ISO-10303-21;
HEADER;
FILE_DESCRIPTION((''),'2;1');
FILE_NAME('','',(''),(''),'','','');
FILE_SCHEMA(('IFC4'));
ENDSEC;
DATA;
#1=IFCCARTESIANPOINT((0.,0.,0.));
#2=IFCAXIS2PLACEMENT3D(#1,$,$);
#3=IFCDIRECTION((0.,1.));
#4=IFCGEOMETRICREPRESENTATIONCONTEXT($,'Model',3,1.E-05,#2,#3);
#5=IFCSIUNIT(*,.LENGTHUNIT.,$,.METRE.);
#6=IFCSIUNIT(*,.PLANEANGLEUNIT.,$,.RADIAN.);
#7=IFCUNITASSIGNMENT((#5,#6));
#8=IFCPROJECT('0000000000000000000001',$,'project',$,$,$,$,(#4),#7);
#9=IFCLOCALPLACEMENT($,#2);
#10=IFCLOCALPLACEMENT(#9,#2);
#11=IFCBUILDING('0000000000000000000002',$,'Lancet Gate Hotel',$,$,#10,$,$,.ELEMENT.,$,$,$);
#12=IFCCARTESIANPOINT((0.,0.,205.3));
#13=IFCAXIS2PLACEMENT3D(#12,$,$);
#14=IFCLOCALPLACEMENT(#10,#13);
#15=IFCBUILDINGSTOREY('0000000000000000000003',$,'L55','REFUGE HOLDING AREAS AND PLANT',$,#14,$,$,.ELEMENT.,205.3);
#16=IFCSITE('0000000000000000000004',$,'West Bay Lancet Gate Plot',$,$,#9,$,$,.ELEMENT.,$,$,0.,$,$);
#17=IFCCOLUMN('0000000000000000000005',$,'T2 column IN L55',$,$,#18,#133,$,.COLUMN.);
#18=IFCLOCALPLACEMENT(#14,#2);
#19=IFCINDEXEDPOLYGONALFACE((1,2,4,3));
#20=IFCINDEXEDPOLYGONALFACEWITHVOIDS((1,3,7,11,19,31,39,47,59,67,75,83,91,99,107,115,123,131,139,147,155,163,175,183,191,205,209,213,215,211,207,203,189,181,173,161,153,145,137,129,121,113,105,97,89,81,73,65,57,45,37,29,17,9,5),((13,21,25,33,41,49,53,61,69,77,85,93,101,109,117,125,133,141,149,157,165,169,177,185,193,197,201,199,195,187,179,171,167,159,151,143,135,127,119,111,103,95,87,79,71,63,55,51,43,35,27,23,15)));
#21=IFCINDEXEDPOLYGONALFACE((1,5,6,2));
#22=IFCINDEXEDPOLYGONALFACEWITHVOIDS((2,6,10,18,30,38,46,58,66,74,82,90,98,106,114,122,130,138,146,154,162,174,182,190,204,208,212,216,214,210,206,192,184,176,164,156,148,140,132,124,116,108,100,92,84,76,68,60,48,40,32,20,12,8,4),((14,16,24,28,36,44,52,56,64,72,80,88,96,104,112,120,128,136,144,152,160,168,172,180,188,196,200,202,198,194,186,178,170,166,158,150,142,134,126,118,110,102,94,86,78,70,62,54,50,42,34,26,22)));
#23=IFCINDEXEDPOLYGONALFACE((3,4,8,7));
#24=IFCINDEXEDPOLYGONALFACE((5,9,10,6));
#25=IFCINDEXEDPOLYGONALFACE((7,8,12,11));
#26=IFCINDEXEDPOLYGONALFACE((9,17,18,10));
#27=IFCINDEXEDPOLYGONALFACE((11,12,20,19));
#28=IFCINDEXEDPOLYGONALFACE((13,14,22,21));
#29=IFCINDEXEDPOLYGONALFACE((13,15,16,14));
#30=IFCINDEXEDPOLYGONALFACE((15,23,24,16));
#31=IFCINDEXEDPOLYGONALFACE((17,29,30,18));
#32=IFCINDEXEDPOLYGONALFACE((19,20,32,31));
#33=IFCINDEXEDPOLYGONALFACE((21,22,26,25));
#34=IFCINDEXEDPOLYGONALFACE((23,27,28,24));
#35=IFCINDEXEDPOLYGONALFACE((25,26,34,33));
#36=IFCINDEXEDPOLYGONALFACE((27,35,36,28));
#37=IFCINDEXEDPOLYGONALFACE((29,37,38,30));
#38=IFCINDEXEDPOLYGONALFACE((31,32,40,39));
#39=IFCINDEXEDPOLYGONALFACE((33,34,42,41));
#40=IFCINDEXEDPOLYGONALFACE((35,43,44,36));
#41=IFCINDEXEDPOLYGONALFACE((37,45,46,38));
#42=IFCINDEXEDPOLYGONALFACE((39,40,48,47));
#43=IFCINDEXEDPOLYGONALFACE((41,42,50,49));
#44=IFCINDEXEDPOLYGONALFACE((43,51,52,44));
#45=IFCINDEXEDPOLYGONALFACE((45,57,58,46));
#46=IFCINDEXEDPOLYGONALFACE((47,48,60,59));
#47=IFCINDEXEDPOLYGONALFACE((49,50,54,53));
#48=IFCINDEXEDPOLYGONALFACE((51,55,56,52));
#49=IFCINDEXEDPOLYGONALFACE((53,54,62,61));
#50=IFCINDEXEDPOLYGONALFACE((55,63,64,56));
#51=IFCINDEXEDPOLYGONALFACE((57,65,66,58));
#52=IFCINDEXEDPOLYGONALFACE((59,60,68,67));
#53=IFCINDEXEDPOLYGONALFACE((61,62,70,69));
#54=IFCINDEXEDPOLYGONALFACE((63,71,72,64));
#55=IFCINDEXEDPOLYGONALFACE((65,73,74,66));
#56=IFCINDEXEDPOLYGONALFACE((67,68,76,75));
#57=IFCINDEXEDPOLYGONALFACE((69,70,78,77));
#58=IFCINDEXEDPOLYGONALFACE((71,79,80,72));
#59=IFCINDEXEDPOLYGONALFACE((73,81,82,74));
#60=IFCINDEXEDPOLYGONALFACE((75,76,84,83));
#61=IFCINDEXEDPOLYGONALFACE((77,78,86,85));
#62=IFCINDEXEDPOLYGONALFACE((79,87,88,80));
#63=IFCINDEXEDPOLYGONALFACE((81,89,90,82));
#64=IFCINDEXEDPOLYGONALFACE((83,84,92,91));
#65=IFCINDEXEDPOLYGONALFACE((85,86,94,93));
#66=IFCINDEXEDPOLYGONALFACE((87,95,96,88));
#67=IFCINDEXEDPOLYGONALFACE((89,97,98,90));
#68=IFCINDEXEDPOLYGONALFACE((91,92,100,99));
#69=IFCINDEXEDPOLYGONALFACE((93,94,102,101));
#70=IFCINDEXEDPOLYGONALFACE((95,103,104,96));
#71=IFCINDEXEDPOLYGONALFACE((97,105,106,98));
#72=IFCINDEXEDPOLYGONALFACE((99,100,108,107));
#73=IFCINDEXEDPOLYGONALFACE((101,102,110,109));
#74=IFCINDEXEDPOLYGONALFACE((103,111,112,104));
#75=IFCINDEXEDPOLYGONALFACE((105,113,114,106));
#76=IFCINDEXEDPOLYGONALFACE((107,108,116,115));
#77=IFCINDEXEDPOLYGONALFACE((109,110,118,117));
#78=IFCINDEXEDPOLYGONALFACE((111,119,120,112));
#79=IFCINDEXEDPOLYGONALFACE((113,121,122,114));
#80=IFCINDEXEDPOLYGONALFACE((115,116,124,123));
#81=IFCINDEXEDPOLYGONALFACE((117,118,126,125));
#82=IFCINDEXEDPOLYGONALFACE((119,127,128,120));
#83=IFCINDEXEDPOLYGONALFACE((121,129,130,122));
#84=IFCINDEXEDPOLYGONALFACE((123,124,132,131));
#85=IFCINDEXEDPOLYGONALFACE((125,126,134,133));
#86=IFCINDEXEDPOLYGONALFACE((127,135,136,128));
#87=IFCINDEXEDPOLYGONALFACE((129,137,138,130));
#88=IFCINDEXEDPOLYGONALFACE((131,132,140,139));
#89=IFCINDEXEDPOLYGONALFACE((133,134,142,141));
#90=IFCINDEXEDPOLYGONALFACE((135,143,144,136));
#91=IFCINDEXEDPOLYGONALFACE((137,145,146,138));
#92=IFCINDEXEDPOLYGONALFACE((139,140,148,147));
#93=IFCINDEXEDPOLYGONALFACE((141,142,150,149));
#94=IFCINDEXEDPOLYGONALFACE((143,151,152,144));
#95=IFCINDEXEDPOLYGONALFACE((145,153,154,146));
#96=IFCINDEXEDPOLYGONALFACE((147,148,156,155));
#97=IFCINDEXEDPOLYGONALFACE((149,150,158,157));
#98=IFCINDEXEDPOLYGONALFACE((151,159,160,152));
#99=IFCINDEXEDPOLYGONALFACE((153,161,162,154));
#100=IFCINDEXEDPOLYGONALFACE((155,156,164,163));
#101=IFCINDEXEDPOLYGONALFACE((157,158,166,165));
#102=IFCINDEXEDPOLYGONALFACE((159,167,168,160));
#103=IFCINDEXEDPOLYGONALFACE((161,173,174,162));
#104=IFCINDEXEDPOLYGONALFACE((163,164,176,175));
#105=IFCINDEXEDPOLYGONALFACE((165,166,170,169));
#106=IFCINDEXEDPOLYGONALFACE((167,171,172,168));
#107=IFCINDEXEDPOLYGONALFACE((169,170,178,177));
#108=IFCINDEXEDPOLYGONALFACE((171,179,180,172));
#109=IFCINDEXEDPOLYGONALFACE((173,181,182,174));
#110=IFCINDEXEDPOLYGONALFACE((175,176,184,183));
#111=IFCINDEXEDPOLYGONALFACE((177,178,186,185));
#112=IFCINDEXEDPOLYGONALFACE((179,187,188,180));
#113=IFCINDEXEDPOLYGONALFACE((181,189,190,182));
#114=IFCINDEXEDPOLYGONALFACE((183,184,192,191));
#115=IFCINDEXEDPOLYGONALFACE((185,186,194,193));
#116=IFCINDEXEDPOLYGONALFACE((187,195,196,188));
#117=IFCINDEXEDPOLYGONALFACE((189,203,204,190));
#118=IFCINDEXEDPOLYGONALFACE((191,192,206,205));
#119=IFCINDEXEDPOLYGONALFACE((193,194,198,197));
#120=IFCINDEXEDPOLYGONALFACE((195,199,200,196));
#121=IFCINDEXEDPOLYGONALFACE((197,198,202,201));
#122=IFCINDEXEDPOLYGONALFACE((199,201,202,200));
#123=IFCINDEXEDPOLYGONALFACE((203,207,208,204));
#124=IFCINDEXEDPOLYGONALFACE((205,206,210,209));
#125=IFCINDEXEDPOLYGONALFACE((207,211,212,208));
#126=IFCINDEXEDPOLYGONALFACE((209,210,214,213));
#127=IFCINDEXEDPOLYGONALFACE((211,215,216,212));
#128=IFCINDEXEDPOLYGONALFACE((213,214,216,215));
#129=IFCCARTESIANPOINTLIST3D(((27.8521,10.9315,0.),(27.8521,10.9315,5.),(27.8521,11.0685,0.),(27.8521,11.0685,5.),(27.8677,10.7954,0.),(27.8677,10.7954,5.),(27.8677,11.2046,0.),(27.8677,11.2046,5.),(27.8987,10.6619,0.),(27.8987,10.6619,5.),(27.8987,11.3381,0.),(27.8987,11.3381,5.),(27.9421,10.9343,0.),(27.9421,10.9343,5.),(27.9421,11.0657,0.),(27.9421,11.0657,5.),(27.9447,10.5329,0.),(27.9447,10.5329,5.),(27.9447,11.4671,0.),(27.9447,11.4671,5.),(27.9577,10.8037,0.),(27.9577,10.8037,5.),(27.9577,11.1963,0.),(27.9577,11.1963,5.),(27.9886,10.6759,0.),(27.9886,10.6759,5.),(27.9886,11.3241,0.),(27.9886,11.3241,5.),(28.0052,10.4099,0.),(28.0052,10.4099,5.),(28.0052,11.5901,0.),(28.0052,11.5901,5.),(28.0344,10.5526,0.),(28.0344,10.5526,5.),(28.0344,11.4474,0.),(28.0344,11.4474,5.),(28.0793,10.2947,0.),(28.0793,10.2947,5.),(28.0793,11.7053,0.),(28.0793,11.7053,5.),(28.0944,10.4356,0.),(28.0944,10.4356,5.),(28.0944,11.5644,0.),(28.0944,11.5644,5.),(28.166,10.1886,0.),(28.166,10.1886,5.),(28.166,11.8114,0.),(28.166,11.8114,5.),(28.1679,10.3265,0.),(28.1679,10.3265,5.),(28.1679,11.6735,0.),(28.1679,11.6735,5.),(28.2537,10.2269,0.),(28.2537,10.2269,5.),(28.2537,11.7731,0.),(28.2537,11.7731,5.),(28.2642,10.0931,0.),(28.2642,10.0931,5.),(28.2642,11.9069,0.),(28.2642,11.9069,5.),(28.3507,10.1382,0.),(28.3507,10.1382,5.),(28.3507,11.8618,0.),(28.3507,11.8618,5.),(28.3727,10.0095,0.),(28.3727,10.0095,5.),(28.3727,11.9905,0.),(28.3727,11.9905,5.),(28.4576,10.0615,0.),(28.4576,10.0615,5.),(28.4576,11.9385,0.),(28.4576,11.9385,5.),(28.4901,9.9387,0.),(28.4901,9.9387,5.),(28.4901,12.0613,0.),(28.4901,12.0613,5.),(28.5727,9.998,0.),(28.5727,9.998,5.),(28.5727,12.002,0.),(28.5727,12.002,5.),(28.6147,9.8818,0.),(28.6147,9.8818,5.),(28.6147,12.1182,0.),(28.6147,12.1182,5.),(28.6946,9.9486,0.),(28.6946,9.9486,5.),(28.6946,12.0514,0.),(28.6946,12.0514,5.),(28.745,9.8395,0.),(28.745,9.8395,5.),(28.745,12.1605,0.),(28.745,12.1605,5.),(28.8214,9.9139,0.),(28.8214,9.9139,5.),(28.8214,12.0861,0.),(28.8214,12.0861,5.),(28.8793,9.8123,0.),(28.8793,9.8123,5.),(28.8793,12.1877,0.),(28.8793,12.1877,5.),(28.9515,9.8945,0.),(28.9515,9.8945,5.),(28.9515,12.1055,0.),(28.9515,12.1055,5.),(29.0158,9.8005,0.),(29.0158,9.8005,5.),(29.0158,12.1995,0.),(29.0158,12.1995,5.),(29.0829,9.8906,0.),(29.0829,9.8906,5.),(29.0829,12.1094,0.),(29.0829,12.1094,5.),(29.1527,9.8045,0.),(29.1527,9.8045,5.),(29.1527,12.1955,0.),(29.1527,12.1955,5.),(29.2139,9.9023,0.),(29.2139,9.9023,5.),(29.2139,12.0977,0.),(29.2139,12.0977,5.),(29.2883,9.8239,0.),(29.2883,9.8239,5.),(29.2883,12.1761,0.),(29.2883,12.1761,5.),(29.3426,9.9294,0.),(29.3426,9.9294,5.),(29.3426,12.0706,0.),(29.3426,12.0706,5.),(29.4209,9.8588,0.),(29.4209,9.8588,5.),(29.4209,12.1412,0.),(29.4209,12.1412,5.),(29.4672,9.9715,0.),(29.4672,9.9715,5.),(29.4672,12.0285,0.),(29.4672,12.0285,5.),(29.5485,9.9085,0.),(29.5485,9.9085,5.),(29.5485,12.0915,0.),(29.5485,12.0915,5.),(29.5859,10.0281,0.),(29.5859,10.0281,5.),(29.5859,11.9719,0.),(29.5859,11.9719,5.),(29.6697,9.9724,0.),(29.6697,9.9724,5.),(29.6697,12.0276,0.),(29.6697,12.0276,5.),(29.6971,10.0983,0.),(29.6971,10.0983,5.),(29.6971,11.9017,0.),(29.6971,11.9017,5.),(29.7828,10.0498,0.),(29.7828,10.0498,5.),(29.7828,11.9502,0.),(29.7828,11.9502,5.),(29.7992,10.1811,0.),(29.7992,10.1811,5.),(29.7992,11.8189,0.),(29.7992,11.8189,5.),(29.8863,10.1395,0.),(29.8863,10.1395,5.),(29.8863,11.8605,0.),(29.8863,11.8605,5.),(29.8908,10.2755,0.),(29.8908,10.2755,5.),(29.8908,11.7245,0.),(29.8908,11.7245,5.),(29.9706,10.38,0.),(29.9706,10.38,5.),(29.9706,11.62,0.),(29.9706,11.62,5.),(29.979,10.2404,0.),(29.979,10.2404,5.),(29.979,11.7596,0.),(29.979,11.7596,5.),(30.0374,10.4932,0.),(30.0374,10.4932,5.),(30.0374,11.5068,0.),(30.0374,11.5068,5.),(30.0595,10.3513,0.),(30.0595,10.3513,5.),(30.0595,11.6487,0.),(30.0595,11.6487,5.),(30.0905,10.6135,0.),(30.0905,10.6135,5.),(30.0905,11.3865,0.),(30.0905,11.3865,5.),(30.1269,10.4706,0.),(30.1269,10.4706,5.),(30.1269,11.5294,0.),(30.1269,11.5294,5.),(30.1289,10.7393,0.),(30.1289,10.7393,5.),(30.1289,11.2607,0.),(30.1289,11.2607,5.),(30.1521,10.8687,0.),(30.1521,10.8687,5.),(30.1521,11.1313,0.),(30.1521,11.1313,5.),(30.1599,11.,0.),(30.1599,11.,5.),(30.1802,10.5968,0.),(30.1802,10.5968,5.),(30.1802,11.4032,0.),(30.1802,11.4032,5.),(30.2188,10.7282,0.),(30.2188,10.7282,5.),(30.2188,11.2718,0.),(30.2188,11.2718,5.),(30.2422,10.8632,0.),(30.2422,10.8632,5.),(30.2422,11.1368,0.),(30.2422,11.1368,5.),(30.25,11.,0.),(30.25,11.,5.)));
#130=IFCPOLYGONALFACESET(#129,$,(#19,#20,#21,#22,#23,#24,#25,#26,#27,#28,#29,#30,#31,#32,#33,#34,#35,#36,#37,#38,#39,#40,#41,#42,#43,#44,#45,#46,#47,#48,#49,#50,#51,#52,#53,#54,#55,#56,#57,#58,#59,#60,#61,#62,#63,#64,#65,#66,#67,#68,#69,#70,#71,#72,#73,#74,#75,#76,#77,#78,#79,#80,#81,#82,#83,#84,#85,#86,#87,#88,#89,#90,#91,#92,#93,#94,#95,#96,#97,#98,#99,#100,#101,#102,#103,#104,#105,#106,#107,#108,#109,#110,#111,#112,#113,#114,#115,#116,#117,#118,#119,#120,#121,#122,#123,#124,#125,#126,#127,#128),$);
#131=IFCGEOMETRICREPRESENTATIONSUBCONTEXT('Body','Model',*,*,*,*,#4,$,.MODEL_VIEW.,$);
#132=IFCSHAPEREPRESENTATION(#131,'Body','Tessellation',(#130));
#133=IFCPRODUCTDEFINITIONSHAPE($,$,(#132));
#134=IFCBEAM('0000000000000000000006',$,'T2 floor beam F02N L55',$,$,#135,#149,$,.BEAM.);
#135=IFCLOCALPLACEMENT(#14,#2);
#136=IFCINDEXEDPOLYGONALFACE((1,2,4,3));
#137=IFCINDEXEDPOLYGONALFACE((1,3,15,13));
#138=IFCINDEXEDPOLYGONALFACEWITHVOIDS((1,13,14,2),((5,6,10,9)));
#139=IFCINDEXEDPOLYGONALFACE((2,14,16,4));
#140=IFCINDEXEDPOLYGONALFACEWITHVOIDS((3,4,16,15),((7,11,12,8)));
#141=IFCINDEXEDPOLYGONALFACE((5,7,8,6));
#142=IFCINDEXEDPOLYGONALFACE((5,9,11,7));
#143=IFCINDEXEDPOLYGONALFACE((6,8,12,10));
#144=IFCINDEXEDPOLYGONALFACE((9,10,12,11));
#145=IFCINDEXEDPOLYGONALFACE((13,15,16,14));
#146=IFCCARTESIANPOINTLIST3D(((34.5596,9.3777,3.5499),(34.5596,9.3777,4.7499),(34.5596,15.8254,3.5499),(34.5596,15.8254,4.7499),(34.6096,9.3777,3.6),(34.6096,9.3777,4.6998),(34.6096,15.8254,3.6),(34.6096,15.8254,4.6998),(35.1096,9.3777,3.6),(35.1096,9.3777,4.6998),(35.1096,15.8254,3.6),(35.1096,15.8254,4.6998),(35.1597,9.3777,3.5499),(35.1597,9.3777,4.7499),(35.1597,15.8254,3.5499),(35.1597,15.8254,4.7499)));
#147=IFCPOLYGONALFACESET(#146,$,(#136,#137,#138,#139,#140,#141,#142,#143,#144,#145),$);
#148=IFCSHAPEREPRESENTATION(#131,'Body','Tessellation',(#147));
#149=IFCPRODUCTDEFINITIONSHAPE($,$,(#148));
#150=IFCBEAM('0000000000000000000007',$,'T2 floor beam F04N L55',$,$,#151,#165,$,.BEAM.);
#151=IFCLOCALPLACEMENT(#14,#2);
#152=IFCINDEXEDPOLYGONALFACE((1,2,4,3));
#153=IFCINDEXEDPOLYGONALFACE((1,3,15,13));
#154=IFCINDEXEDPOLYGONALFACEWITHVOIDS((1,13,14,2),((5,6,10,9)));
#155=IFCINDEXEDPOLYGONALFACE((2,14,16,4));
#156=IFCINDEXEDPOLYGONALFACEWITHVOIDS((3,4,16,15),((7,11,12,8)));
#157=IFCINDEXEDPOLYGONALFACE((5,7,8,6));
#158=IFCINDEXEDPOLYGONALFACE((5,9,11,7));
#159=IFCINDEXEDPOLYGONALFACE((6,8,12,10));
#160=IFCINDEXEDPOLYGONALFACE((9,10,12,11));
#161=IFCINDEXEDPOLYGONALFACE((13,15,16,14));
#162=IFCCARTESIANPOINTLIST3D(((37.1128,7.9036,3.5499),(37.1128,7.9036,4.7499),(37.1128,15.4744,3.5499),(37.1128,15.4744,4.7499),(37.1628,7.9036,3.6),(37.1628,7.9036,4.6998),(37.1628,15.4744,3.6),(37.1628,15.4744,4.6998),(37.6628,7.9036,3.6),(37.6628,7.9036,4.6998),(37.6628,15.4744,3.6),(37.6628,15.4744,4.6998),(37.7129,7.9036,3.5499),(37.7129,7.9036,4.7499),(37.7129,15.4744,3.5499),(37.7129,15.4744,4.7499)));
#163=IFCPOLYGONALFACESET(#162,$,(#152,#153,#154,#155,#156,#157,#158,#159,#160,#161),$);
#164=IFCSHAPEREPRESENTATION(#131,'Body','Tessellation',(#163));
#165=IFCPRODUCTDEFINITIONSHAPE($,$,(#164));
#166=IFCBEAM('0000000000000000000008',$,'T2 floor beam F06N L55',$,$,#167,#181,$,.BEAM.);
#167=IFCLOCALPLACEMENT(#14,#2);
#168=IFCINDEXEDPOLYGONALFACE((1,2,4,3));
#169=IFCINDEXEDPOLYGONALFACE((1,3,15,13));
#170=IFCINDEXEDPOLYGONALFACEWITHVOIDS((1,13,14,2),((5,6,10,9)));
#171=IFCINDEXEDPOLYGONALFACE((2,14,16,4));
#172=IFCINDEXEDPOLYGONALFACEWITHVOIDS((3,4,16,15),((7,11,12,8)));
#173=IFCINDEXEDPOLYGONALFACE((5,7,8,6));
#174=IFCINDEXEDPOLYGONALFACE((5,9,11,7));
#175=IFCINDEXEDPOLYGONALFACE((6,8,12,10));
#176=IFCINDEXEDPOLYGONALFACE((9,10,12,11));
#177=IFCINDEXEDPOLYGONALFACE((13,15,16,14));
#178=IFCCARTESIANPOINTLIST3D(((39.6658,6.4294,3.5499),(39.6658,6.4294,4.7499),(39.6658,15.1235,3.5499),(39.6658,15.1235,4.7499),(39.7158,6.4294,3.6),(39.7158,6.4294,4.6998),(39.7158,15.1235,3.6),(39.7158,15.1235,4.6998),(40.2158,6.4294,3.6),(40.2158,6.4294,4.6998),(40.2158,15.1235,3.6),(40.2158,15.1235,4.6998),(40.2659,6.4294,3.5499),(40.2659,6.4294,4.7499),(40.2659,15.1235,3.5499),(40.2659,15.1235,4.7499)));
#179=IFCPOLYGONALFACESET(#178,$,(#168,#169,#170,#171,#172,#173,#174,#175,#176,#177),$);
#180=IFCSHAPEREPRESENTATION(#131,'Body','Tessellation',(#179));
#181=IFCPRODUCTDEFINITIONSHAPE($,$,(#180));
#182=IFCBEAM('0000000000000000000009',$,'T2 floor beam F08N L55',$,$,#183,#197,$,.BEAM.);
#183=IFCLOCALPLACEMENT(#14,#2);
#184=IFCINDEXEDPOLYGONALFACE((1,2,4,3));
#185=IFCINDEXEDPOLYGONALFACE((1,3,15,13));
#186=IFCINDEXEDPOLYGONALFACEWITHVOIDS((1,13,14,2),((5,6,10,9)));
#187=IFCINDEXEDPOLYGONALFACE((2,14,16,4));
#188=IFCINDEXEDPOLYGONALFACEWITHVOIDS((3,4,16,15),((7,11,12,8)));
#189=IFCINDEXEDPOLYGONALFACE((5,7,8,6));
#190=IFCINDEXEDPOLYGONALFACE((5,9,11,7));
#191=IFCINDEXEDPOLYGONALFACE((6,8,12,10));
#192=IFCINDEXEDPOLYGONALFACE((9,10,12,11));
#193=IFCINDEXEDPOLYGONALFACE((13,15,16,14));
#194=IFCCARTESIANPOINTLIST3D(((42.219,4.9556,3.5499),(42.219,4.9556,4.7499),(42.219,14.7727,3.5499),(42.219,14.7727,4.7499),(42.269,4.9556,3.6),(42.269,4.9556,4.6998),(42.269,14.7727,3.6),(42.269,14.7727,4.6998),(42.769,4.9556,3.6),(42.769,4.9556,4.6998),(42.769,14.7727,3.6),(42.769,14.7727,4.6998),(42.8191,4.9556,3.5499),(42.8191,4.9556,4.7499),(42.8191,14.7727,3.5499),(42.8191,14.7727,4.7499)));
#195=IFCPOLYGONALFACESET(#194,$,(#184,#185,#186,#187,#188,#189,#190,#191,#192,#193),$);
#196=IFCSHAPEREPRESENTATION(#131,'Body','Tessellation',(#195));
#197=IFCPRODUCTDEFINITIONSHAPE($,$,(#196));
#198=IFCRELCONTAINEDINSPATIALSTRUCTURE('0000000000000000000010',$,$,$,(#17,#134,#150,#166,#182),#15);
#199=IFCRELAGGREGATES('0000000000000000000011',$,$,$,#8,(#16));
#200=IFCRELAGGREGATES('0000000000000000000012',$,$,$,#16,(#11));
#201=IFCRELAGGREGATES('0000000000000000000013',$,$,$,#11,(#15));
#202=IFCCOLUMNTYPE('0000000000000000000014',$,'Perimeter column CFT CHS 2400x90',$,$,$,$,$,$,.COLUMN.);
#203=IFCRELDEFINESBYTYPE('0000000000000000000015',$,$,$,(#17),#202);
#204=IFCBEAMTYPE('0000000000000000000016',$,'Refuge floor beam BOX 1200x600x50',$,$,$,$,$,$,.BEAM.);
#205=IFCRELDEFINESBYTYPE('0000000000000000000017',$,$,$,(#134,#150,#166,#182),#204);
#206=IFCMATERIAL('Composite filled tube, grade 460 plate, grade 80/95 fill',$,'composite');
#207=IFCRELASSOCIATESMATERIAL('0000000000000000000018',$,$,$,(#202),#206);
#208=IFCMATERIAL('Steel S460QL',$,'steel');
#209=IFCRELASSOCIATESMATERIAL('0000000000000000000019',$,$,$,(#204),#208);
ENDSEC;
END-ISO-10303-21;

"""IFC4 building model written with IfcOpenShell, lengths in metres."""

from ifc_helpers import new_model, si_unit, direction, frame, origin, origin_2d, place, context, subcontext, project, spatial, hollow_rectangle, hollow_circle, extrude, material, material_profile, profile_set, type_object, element, save


model = new_model("IFC4")

# Units and contexts
model_context = context("Model", 3, precision=1e-05, world=origin(), true_north=direction((0.0, 1.0)))
body_context = subcontext(model_context, "Body", "Model", "MODEL_VIEW")
ifc_project = project(units=[si_unit("LENGTHUNIT", "METRE"), si_unit("PLANEANGLEUNIT", "RADIAN")], contexts=[model_context])

# Site, building, storey
site_placement = place(None, origin())
site = spatial("IfcSite", under=ifc_project, at=site_placement, Name="West Bay Lancet Gate Plot", CompositionType="ELEMENT", RefElevation=0.0)
building_placement = place(site_placement, origin())
building = spatial("IfcBuilding", under=site, at=building_placement, Name="Lancet Gate Hotel", CompositionType="ELEMENT")
storey_placement = place(building_placement, frame((0.0, 0.0, 205.3)))
storey = spatial("IfcBuildingStorey", under=building, at=storey_placement, Name="L55", Description="REFUGE HOLDING AREAS AND PLANT", CompositionType="ELEMENT", Elevation=205.3)

# Column
ifc_material_1 = material(Name="Composite filled tube, grade 460 plate, grade 80/95 fill", Category="composite")
ifc_material_profile_1 = material_profile(ifc_material_1, hollow_circle(Radius=1.2, WallThickness=0.0901, at=origin_2d()), Name="CHS 2400x90")
ifc_profile_set_1 = profile_set([ifc_material_profile_1], Name="Composite filled tube, grade 460 plate, grade 80/95 fill")
column_type = type_object("IfcColumnType", Name="Perimeter column CFT CHS 2400x90", PredefinedType="COLUMN", material=ifc_profile_set_1)
column_placement = place(storey_placement, frame((29.05, 11.0, 0.0), z_axis=(0.0, 0.0, 1.0), x_axis=(1.0, 0.0, 0.0)))
element("IfcColumn", 1, at=column_placement, inside=storey, type_object=column_type, Name="T2 column IN L55", PredefinedType="COLUMN", context=body_context, shape_type="SweptSolid", body=[
    extrude(hollow_circle(Radius=1.2, WallThickness=0.0901, at=origin_2d()), origin(), (0.0, 0.0, 1.0), 5.0),
])

# Beams
ifc_material_2 = material(Name="Steel S460QL", Category="steel")
ifc_material_profile_2 = material_profile(ifc_material_2, hollow_rectangle(XDim=0.6001, YDim=1.2, WallThickness=0.05, at=origin_2d()), Name="BOX 1200x600x50")
ifc_profile_set_2 = profile_set([ifc_material_profile_2], Name="Steel S460QL")
beam_type_1 = type_object("IfcBeamType", Name="Refuge floor beam BOX 1200x600x50", PredefinedType="BEAM", material=ifc_profile_set_2)
beam_1_placement = place(storey_placement, frame((34.8596, 9.3777, 4.1499), z_axis=(0.0, 1.0, 0.0), x_axis=(-1.0, 0.0, 0.0)))
element("IfcBeam", 2, at=beam_1_placement, inside=storey, type_object=beam_type_1, Name="T2 floor beam F02N L55", PredefinedType="BEAM", context=body_context, shape_type="SweptSolid", body=[
    extrude(hollow_rectangle(XDim=0.6001, YDim=1.2, WallThickness=0.05, at=origin_2d()), origin(), (0.0, 0.0, 1.0), 6.4478),
])
beam_2_placement = place(storey_placement, frame((37.4128, 7.9036, 4.1499), z_axis=(0.0, 1.0, 0.0), x_axis=(-1.0, 0.0, 0.0)))
element("IfcBeam", 3, at=beam_2_placement, inside=storey, type_object=beam_type_1, Name="T2 floor beam F04N L55", PredefinedType="BEAM", context=body_context, shape_type="SweptSolid", body=[
    extrude(hollow_rectangle(XDim=0.6001, YDim=1.2, WallThickness=0.05, at=origin_2d()), origin(), (0.0, 0.0, 1.0), 7.5708),
])
beam_3_placement = place(storey_placement, frame((39.9658, 6.4294, 4.1499), z_axis=(0.0, 1.0, 0.0), x_axis=(-1.0, 0.0, 0.0)))
element("IfcBeam", 4, at=beam_3_placement, inside=storey, type_object=beam_type_1, Name="T2 floor beam F06N L55", PredefinedType="BEAM", context=body_context, shape_type="SweptSolid", body=[
    extrude(hollow_rectangle(XDim=0.6001, YDim=1.2, WallThickness=0.05, at=origin_2d()), origin(), (0.0, 0.0, 1.0), 8.6941),
])
beam_4_placement = place(storey_placement, frame((42.519, 4.9556, 4.1499), z_axis=(0.0, 1.0, 0.0), x_axis=(-1.0, 0.0, 0.0)))
element("IfcBeam", 5, at=beam_4_placement, inside=storey, type_object=beam_type_1, Name="T2 floor beam F08N L55", PredefinedType="BEAM", context=body_context, shape_type="SweptSolid", body=[
    extrude(hollow_rectangle(XDim=0.6001, YDim=1.2, WallThickness=0.05, at=origin_2d()), origin(), (0.0, 0.0, 1.0), 9.8171),
])

save(model, "model.ifc")
